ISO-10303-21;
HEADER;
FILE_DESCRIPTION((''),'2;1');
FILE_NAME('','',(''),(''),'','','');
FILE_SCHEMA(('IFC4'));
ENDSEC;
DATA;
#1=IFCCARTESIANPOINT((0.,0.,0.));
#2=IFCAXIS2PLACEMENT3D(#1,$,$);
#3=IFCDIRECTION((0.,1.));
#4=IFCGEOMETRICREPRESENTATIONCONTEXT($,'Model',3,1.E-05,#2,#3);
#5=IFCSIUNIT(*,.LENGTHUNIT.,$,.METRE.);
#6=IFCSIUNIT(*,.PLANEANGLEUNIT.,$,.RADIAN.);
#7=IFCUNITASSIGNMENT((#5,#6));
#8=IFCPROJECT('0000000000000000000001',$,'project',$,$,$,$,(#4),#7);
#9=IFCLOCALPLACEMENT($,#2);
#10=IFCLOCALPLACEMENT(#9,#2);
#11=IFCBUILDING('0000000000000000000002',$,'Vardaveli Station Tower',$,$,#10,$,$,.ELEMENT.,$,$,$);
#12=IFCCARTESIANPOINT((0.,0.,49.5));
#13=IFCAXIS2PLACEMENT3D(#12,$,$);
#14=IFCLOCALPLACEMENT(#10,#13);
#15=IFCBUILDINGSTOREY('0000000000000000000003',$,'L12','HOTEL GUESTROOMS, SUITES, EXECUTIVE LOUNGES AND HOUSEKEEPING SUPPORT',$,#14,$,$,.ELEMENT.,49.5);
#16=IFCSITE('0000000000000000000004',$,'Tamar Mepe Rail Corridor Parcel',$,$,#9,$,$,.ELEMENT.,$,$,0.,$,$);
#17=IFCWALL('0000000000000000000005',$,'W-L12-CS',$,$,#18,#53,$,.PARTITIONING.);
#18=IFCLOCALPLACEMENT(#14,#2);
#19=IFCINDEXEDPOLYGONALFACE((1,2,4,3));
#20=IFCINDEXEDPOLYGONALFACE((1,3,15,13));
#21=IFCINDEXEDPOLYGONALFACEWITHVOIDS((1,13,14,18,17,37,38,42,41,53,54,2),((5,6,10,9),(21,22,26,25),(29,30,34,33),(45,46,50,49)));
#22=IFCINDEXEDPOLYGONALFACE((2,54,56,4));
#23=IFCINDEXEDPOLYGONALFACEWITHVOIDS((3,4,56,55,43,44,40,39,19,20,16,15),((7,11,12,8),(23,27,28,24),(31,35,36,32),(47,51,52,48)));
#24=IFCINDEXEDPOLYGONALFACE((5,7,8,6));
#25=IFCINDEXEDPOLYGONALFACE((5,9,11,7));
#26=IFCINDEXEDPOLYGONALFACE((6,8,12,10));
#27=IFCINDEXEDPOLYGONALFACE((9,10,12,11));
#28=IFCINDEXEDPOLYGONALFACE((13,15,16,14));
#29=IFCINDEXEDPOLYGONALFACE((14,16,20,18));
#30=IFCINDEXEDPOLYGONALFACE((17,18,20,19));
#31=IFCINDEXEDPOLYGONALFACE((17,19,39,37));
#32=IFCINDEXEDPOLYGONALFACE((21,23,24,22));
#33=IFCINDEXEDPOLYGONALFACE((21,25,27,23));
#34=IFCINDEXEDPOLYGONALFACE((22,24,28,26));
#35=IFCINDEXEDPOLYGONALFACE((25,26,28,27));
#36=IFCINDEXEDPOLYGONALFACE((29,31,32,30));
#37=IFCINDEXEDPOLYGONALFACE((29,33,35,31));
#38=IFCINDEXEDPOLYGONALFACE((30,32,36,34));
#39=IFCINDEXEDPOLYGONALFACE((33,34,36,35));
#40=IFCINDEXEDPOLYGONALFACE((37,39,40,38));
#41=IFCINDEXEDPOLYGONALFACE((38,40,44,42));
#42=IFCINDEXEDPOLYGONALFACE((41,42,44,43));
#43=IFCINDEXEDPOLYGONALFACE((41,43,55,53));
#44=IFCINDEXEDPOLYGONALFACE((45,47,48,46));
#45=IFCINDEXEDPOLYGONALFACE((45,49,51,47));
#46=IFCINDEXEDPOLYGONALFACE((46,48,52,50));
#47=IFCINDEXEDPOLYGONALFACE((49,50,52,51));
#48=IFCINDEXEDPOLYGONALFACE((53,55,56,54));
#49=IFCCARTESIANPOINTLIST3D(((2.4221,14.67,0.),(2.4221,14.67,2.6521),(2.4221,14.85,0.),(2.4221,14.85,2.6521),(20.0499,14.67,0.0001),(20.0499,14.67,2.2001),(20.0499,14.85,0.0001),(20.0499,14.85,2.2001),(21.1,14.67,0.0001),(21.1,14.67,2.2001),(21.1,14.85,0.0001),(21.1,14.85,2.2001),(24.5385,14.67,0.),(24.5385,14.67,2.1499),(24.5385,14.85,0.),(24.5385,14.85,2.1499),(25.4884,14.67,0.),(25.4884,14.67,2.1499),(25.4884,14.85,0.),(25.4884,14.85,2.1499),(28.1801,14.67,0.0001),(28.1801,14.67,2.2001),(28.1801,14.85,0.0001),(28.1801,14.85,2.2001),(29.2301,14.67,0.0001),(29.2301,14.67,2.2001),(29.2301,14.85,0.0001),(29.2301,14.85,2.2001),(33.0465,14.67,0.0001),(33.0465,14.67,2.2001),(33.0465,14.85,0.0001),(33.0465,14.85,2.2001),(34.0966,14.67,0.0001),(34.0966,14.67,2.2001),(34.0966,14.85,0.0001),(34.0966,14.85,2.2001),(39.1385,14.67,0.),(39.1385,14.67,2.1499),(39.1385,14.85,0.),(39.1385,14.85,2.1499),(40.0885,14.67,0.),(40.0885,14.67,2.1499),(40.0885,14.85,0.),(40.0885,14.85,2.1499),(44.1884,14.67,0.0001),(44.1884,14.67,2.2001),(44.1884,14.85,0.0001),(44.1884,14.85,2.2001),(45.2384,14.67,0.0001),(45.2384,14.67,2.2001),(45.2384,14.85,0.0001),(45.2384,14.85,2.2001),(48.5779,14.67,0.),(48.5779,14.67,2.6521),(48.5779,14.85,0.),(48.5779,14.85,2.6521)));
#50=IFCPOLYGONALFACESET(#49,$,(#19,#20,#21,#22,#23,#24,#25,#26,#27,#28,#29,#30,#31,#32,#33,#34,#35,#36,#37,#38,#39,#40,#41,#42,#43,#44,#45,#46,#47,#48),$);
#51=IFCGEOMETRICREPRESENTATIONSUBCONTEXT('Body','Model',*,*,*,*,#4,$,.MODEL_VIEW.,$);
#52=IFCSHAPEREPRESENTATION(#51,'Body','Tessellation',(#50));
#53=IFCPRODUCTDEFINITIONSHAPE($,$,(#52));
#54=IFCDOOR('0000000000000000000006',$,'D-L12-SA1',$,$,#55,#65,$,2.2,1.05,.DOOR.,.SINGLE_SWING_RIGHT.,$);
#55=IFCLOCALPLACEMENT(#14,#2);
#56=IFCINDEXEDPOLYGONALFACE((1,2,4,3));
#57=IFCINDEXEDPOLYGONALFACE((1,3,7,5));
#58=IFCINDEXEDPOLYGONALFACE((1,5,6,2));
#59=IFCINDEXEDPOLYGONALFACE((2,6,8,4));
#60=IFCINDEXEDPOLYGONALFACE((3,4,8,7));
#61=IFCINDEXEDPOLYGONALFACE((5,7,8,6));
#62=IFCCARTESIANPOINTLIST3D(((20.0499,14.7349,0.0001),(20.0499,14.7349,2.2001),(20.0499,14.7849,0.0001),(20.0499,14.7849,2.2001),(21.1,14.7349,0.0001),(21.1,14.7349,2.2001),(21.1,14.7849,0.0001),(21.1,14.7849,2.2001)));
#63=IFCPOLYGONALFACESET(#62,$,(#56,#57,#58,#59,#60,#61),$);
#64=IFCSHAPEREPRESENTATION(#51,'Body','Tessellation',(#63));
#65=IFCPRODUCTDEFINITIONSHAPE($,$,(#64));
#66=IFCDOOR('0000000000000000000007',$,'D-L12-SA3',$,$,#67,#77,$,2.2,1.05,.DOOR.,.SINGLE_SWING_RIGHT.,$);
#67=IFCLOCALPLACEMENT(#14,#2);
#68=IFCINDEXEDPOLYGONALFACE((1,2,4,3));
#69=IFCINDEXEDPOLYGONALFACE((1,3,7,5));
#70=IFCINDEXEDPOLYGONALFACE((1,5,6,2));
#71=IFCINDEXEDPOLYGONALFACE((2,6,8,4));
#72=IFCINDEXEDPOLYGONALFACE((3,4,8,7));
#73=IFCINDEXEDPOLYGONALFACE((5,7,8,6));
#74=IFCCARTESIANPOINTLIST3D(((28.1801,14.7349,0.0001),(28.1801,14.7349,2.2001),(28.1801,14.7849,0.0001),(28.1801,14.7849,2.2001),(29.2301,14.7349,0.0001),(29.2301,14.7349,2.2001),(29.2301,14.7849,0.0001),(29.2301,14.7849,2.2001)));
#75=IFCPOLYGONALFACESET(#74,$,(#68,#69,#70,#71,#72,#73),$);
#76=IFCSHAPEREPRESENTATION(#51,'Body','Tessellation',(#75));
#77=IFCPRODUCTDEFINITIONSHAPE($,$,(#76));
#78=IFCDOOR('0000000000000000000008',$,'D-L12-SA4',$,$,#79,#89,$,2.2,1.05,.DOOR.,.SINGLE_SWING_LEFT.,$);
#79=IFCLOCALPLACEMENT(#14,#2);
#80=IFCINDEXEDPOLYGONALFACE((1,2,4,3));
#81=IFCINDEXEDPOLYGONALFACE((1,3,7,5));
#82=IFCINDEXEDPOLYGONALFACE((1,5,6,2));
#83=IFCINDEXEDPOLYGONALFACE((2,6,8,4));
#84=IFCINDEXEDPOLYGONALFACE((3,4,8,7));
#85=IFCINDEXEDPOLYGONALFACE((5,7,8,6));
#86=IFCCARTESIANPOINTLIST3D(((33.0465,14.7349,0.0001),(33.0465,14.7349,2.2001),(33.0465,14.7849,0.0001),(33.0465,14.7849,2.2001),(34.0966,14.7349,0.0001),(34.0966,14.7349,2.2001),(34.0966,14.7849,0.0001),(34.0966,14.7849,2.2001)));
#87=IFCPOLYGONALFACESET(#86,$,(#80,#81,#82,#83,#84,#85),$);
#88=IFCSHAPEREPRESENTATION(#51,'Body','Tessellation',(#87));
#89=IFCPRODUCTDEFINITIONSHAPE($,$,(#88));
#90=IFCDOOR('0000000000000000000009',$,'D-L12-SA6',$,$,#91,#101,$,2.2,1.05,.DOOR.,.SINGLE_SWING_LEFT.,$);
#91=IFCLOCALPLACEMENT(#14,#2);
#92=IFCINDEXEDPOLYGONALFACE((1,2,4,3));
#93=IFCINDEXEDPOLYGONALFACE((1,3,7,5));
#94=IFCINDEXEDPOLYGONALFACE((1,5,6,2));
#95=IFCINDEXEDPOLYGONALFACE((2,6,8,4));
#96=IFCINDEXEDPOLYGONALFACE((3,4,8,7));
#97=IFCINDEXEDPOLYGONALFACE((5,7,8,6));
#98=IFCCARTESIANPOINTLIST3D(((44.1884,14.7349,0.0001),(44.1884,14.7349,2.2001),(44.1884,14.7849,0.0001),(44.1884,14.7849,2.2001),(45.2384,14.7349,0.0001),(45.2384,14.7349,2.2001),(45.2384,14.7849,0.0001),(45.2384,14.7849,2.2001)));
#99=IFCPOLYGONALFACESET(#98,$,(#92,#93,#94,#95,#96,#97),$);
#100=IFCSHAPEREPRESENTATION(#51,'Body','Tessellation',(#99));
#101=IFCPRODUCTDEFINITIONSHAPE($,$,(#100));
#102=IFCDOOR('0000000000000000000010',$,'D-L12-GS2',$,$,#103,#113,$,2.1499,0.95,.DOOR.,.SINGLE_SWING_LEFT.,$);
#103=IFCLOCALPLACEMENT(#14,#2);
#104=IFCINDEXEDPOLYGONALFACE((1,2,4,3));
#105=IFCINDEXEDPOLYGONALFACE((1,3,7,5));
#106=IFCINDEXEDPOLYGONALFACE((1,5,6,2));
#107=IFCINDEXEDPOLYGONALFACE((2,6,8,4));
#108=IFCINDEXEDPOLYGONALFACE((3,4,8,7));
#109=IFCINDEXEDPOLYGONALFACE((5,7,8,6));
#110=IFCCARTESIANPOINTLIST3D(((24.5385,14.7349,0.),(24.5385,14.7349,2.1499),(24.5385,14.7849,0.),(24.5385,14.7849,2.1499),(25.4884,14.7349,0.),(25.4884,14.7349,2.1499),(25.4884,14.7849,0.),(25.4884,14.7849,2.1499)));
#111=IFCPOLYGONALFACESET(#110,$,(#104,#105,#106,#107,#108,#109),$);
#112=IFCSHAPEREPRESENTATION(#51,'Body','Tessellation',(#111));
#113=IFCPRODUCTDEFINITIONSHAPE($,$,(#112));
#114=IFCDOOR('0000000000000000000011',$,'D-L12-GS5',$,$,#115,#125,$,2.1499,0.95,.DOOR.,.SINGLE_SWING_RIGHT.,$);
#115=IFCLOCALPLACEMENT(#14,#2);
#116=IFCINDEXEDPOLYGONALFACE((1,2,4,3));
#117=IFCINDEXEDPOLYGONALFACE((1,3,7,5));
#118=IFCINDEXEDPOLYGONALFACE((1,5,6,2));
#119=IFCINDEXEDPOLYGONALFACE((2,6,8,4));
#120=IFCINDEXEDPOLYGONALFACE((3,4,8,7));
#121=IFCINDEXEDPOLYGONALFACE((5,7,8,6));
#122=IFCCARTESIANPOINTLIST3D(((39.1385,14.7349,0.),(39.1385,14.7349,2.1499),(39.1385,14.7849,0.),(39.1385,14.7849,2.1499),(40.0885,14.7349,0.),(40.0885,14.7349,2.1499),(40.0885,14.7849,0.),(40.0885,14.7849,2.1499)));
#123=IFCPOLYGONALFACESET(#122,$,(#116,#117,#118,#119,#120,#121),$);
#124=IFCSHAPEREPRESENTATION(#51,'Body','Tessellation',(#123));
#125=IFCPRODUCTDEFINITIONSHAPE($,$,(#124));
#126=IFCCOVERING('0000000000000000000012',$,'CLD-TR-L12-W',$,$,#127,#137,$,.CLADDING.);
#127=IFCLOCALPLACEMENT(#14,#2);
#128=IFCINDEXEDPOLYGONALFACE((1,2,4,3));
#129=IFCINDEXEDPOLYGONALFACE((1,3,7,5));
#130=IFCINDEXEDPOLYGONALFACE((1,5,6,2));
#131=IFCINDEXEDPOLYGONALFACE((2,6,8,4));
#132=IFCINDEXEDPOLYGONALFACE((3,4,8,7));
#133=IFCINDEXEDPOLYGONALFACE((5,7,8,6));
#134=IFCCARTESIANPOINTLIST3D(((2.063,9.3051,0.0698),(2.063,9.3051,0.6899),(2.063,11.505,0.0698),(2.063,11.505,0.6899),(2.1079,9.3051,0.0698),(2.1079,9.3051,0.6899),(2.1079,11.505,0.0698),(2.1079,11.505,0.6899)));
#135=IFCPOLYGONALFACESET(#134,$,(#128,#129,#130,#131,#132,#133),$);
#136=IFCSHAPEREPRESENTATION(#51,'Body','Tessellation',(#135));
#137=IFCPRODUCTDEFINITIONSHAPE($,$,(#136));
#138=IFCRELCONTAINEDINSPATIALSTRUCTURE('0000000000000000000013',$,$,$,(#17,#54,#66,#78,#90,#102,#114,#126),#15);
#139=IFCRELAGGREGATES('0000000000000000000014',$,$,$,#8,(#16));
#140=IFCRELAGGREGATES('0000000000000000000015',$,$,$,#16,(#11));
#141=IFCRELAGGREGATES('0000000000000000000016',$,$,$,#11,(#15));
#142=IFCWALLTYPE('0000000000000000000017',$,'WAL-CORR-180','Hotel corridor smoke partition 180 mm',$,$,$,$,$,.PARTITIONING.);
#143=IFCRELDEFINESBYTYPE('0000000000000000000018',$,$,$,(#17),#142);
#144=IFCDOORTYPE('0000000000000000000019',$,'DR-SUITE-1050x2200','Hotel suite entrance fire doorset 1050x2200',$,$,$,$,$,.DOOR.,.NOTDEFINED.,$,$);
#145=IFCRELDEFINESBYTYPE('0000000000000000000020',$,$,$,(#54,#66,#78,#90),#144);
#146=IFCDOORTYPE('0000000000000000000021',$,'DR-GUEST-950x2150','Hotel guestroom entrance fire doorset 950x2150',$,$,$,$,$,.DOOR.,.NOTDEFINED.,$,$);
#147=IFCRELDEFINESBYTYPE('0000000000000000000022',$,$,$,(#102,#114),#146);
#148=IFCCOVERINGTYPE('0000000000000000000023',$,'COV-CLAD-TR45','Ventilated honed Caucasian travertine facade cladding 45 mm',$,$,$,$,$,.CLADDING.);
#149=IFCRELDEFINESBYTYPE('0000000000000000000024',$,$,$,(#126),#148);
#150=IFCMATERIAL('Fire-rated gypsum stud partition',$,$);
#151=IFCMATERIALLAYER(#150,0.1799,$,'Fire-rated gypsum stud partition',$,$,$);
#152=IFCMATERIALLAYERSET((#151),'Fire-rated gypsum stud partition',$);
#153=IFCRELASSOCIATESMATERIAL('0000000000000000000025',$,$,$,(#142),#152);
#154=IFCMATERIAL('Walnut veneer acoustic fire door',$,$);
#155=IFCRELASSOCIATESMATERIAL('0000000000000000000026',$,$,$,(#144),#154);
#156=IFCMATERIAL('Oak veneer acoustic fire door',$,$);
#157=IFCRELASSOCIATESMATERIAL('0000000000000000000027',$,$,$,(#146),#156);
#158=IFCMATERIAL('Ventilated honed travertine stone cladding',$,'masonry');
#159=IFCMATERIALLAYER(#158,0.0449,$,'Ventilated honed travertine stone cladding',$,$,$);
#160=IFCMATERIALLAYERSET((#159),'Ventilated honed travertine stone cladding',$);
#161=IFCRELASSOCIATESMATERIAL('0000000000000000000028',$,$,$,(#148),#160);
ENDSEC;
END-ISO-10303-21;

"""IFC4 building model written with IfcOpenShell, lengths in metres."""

from ifc_helpers import new_model, si_unit, direction, frame, frame_2d, origin, origin_2d, place, context, subcontext, project, spatial, rectangle, extrude, source, transform, mapped, material, layer, layer_set, type_object, element, fill, save


model = new_model("IFC4")

# Units and contexts
model_context = context("Model", 3, precision=1e-05, world=origin(), true_north=direction((0.0, 1.0)))
body_context = subcontext(model_context, "Body", "Model", "MODEL_VIEW")
ifc_project = project(units=[si_unit("LENGTHUNIT", "METRE"), si_unit("PLANEANGLEUNIT", "RADIAN")], contexts=[model_context])

# Site, building, storey
site_placement = place(None, origin())
site = spatial("IfcSite", under=ifc_project, at=site_placement, Name="Tamar Mepe Rail Corridor Parcel", CompositionType="ELEMENT", RefElevation=0.0)
building_placement = place(site_placement, origin())
building = spatial("IfcBuilding", under=site, at=building_placement, Name="Vardaveli Station Tower", CompositionType="ELEMENT")
storey_placement = place(building_placement, frame((0.0, 0.0, 49.5)))
storey = spatial("IfcBuildingStorey", under=building, at=storey_placement, Name="L12", Description="HOTEL GUESTROOMS, SUITES, EXECUTIVE LOUNGES AND HOUSEKEEPING SUPPORT", CompositionType="ELEMENT", Elevation=49.5)

# Wall, openings, doors
ifc_material_1 = material(Name="Fire-rated gypsum stud partition")
ifc_layer_1 = layer(ifc_material_1, 0.1799, Name="Fire-rated gypsum stud partition")
ifc_layer_set_1 = layer_set([ifc_layer_1], Name="Fire-rated gypsum stud partition")
wall_type_1 = type_object("IfcWallType", Name="WAL-CORR-180", Description="Hotel corridor smoke partition 180 mm", PredefinedType="PARTITIONING", material=ifc_layer_set_1)
shared_shape_1 = source(origin(), body_context, "Body", "SweptSolid", [
    extrude(rectangle(XDim=46.1558, YDim=0.1799, at=frame_2d((23.0779, 0.0))), origin(), (0.0, 0.0, 1.0), 2.6521),
])
wall_1_placement = place(storey_placement, frame((2.4221, 14.76, 0.0), z_axis=(0.0, 0.0, 1.0), x_axis=(1.0, 0.0, 0.0)))
wall_1 = element("IfcWall", 1, at=wall_1_placement, inside=storey, type_object=wall_type_1, Name="W-L12-CS", PredefinedType="PARTITIONING", context=body_context, shape_type="MappedRepresentation", body=[
    mapped(shared_shape_1, transform((0.0, 0.0, 0.0), scale=1.0)),
])
shared_shape_2 = source(origin(), body_context, "Body", "SweptSolid", [
    extrude(rectangle(XDim=1.05, YDim=2.2, at=frame_2d((0.5249, 1.1001))), frame((0.0, 0.1001, 0.0), z_axis=(0.0, -1.0, 0.0), x_axis=(1.0, 0.0, 0.0)), (0.0, 0.0, 1.0), 0.2),
])
opening_1_placement = place(wall_1_placement, frame((17.6279, 0.0, 0.0)))
opening_1 = element("IfcOpeningElement", 2, at=opening_1_placement, cuts=wall_1, PredefinedType="OPENING", context=body_context, shape_type="MappedRepresentation", body=[
    mapped(shared_shape_2, transform((0.0, 0.0, 0.0), scale=1.0)),
])
shared_shape_3 = source(origin(), body_context, "Body", "SweptSolid", [
    extrude(rectangle(XDim=0.95, YDim=2.1499, at=frame_2d((0.4751, 1.075))), frame((0.0, 0.1001, 0.0), z_axis=(0.0, -1.0, 0.0), x_axis=(1.0, 0.0, 0.0)), (0.0, 0.0, 1.0), 0.2),
])
opening_2_placement = place(wall_1_placement, frame((22.1162, 0.0, 0.0)))
opening_2 = element("IfcOpeningElement", 3, at=opening_2_placement, cuts=wall_1, PredefinedType="OPENING", context=body_context, shape_type="MappedRepresentation", body=[
    mapped(shared_shape_3, transform((0.0, 0.0, 0.0), scale=1.0)),
])
opening_3_placement = place(wall_1_placement, frame((25.7581, 0.0, 0.0)))
opening_3 = element("IfcOpeningElement", 4, at=opening_3_placement, cuts=wall_1, PredefinedType="OPENING", context=body_context, shape_type="MappedRepresentation", body=[
    mapped(shared_shape_2, transform((0.0, 0.0, 0.0), scale=1.0)),
])
opening_4_placement = place(wall_1_placement, frame((30.6245, 0.0, 0.0)))
opening_4 = element("IfcOpeningElement", 5, at=opening_4_placement, cuts=wall_1, PredefinedType="OPENING", context=body_context, shape_type="MappedRepresentation", body=[
    mapped(shared_shape_2, transform((0.0, 0.0, 0.0), scale=1.0)),
])
opening_5_placement = place(wall_1_placement, frame((36.7163, 0.0, 0.0)))
opening_5 = element("IfcOpeningElement", 6, at=opening_5_placement, cuts=wall_1, PredefinedType="OPENING", context=body_context, shape_type="MappedRepresentation", body=[
    mapped(shared_shape_3, transform((0.0, 0.0, 0.0), scale=1.0)),
])
opening_6_placement = place(wall_1_placement, frame((41.7664, 0.0, 0.0)))
opening_6 = element("IfcOpeningElement", 7, at=opening_6_placement, cuts=wall_1, PredefinedType="OPENING", context=body_context, shape_type="MappedRepresentation", body=[
    mapped(shared_shape_2, transform((0.0, 0.0, 0.0), scale=1.0)),
])
ifc_material_2 = material(Name="Walnut veneer acoustic fire door")
door_type_1 = type_object("IfcDoorType", Name="DR-SUITE-1050x2200", Description="Hotel suite entrance fire doorset 1050x2200", OperationType="NOTDEFINED", PredefinedType="DOOR", material=ifc_material_2)
shared_shape_4 = source(origin(), body_context, "Body", "SweptSolid", [
    extrude(rectangle(XDim=1.05, YDim=2.2, at=frame_2d((0.5249, 1.1001))), frame((0.0, 0.0249, 0.0), z_axis=(0.0, -1.0, 0.0), x_axis=(1.0, 0.0, 0.0)), (0.0, 0.0, 1.0), 0.05),
])
door_1_placement = place(opening_1_placement, origin())
door_1 = element("IfcDoor", 8, at=door_1_placement, inside=storey, type_object=door_type_1, Name="D-L12-SA1", OperationType="SINGLE_SWING_RIGHT", OverallHeight=2.2, OverallWidth=1.05, PredefinedType="DOOR", context=body_context, shape_type="MappedRepresentation", body=[
    mapped(shared_shape_4, transform((0.0, 0.0, 0.0), scale=1.0)),
])
fill(opening_1, door_1)
door_2_placement = place(opening_3_placement, origin())
door_2 = element("IfcDoor", 9, at=door_2_placement, inside=storey, type_object=door_type_1, Name="D-L12-SA3", OperationType="SINGLE_SWING_RIGHT", OverallHeight=2.2, OverallWidth=1.05, PredefinedType="DOOR", context=body_context, shape_type="MappedRepresentation", body=[
    mapped(shared_shape_4, transform((0.0, 0.0, 0.0), scale=1.0)),
])
fill(opening_3, door_2)
door_3_placement = place(opening_4_placement, origin())
door_3 = element("IfcDoor", 10, at=door_3_placement, inside=storey, type_object=door_type_1, Name="D-L12-SA4", OperationType="SINGLE_SWING_LEFT", OverallHeight=2.2, OverallWidth=1.05, PredefinedType="DOOR", context=body_context, shape_type="MappedRepresentation", body=[
    mapped(shared_shape_4, transform((0.0, 0.0, 0.0), scale=1.0)),
])
fill(opening_4, door_3)
door_4_placement = place(opening_6_placement, origin())
door_4 = element("IfcDoor", 11, at=door_4_placement, inside=storey, type_object=door_type_1, Name="D-L12-SA6", OperationType="SINGLE_SWING_LEFT", OverallHeight=2.2, OverallWidth=1.05, PredefinedType="DOOR", context=body_context, shape_type="MappedRepresentation", body=[
    mapped(shared_shape_4, transform((0.0, 0.0, 0.0), scale=1.0)),
])
fill(opening_6, door_4)
ifc_material_3 = material(Name="Oak veneer acoustic fire door")
door_type_2 = type_object("IfcDoorType", Name="DR-GUEST-950x2150", Description="Hotel guestroom entrance fire doorset 950x2150", OperationType="NOTDEFINED", PredefinedType="DOOR", material=ifc_material_3)
shared_shape_5 = source(origin(), body_context, "Body", "SweptSolid", [
    extrude(rectangle(XDim=0.95, YDim=2.1499, at=frame_2d((0.4751, 1.075))), frame((0.0, 0.0249, 0.0), z_axis=(0.0, -1.0, 0.0), x_axis=(1.0, 0.0, 0.0)), (0.0, 0.0, 1.0), 0.05),
])
door_5_placement = place(opening_2_placement, origin())
door_5 = element("IfcDoor", 12, at=door_5_placement, inside=storey, type_object=door_type_2, Name="D-L12-GS2", OperationType="SINGLE_SWING_LEFT", OverallHeight=2.1499, OverallWidth=0.95, PredefinedType="DOOR", context=body_context, shape_type="MappedRepresentation", body=[
    mapped(shared_shape_5, transform((0.0, 0.0, 0.0), scale=1.0)),
])
fill(opening_2, door_5)
door_6_placement = place(opening_5_placement, origin())
door_6 = element("IfcDoor", 13, at=door_6_placement, inside=storey, type_object=door_type_2, Name="D-L12-GS5", OperationType="SINGLE_SWING_RIGHT", OverallHeight=2.1499, OverallWidth=0.95, PredefinedType="DOOR", context=body_context, shape_type="MappedRepresentation", body=[
    mapped(shared_shape_5, transform((0.0, 0.0, 0.0), scale=1.0)),
])
fill(opening_5, door_6)

# Covering
ifc_material_4 = material(Name="Ventilated honed travertine stone cladding", Category="masonry")
ifc_layer_2 = layer(ifc_material_4, 0.0449, Name="Ventilated honed travertine stone cladding")
ifc_layer_set_2 = layer_set([ifc_layer_2], Name="Ventilated honed travertine stone cladding")
covering_type = type_object("IfcCoveringType", Name="COV-CLAD-TR45", Description="Ventilated honed Caucasian travertine facade cladding 45 mm", PredefinedType="CLADDING", material=ifc_layer_set_2)
shared_shape_6 = source(origin(), body_context, "Body", "SweptSolid", [
    extrude(rectangle(XDim=2.2, YDim=0.0449, at=origin_2d()), origin(), (0.0, 0.0, 1.0), 0.6201),
])
covering_placement = place(storey_placement, frame((2.0854, 10.405, 0.0698), z_axis=(0.0, 0.0, 1.0), x_axis=(0.0, 1.0, 0.0)))
element("IfcCovering", 14, at=covering_placement, inside=storey, type_object=covering_type, Name="CLD-TR-L12-W", PredefinedType="CLADDING", context=body_context, shape_type="MappedRepresentation", body=[
    mapped(shared_shape_6, transform((0.0, 0.0, 0.0), scale=1.0)),
])

save(model, "model.ifc")
